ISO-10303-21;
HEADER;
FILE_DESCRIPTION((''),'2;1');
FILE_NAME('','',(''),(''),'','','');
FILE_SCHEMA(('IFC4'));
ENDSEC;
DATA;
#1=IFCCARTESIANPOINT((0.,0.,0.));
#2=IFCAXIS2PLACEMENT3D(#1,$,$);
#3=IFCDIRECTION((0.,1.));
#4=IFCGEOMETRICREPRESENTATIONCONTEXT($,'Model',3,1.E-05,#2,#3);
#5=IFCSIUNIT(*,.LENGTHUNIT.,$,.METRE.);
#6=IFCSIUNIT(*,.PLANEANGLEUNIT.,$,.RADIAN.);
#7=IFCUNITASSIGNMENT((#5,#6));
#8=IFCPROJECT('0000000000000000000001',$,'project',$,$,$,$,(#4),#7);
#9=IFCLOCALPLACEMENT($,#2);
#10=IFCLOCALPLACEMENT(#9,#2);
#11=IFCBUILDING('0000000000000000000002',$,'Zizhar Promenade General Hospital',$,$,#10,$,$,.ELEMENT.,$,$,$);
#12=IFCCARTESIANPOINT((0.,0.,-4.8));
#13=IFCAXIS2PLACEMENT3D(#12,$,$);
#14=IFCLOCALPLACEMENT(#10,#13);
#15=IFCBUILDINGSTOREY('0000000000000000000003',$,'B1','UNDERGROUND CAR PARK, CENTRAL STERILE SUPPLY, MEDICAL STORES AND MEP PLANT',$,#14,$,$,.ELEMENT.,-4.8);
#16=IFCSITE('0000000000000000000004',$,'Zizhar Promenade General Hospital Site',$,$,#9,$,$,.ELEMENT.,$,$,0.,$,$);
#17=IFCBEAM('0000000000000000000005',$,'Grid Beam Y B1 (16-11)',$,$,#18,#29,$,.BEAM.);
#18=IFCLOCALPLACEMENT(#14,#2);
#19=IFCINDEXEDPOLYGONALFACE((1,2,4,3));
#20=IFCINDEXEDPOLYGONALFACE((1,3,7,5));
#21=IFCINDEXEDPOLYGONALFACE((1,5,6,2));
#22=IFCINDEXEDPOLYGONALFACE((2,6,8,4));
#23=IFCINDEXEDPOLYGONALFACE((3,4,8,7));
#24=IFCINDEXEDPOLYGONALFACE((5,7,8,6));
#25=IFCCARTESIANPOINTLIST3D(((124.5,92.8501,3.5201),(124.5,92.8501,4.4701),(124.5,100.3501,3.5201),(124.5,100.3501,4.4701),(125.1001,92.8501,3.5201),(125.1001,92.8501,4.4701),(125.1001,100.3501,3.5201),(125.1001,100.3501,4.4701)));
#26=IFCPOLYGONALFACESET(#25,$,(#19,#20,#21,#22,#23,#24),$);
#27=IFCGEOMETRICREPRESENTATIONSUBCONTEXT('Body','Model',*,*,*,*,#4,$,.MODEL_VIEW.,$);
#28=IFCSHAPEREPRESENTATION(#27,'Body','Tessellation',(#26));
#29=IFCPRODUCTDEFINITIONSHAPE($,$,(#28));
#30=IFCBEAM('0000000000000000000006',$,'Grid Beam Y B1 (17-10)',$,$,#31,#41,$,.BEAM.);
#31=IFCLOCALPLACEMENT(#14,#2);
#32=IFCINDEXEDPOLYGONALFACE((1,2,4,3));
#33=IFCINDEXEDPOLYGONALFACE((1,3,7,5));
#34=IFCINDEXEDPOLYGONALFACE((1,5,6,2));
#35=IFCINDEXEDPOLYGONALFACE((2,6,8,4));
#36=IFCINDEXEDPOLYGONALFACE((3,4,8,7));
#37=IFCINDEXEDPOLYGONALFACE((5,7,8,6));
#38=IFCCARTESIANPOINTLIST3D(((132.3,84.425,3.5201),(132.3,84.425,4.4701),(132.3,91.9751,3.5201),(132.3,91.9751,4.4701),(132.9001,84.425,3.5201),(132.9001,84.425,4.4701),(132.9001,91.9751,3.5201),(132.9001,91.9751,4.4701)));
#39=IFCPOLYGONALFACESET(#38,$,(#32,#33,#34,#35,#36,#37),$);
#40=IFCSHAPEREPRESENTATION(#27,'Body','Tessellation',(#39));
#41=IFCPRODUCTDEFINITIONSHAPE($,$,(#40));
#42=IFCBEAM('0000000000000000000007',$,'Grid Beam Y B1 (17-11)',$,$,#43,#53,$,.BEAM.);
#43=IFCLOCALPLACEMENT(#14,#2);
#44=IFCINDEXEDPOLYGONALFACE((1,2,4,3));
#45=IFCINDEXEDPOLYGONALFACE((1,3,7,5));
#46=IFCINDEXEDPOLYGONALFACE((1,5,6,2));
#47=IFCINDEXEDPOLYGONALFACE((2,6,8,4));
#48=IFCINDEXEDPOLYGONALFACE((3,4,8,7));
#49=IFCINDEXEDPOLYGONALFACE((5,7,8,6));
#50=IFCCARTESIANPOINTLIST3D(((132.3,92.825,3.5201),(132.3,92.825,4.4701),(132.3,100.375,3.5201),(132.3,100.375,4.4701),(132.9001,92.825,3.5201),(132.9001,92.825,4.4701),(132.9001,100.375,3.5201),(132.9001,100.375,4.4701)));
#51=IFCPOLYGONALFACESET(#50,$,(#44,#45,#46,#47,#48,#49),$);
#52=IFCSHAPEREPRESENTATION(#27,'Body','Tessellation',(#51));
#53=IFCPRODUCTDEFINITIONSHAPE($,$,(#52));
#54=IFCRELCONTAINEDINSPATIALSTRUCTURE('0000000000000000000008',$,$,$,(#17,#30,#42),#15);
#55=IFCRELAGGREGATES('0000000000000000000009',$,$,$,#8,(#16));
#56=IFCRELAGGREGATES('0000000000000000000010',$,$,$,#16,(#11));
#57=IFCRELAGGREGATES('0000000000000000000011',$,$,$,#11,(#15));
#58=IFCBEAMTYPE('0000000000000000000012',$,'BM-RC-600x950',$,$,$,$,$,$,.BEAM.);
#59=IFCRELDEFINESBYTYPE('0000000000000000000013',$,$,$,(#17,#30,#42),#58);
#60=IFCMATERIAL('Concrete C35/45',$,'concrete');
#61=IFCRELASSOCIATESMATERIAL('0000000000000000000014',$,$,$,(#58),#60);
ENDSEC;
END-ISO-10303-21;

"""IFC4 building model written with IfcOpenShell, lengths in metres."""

from ifc_helpers import new_model, si_unit, direction, frame, origin, origin_2d, place, context, subcontext, project, spatial, rectangle, extrude, material, material_profile, profile_set, type_object, element, save


model = new_model("IFC4")

# Units and contexts
model_context = context("Model", 3, precision=1e-05, world=origin(), true_north=direction((0.0, 1.0)))
body_context = subcontext(model_context, "Body", "Model", "MODEL_VIEW")
ifc_project = project(units=[si_unit("LENGTHUNIT", "METRE"), si_unit("PLANEANGLEUNIT", "RADIAN")], contexts=[model_context])

# Site, building, storey
site_placement = place(None, origin())
site = spatial("IfcSite", under=ifc_project, at=site_placement, Name="Zizhar Promenade General Hospital Site", CompositionType="ELEMENT", RefElevation=0.0)
building_placement = place(site_placement, origin())
building = spatial("IfcBuilding", under=site, at=building_placement, Name="Zizhar Promenade General Hospital", CompositionType="ELEMENT")
storey_placement = place(building_placement, frame((0.0, 0.0, -4.8)))
storey = spatial("IfcBuildingStorey", under=building, at=storey_placement, Name="B1", Description="UNDERGROUND CAR PARK, CENTRAL STERILE SUPPLY, MEDICAL STORES AND MEP PLANT", CompositionType="ELEMENT", Elevation=-4.8)

# Beams
ifc_material_1 = material(Name="Concrete C35/45", Category="concrete")
ifc_material_profile_1 = material_profile(ifc_material_1, rectangle(XDim=0.6001, YDim=0.95, at=origin_2d()))
ifc_profile_set_1 = profile_set([ifc_material_profile_1], Name="Concrete C35/45")
beam_type_1 = type_object("IfcBeamType", Name="BM-RC-600x950", PredefinedType="BEAM", material=ifc_profile_set_1)
for number, where, z_axis, x_axis, name in (
    (1, (124.8, 92.8501, 3.9951), (0.0, 1.0, 0.0), (-1.0, 0.0, 0.0), "Grid Beam Y B1 (16-11)"),
):
    element("IfcBeam", number, at=place(storey_placement, frame(where, z_axis=z_axis, x_axis=x_axis)), inside=storey, type_object=beam_type_1, Name=name, PredefinedType="BEAM", context=body_context, shape_type="SweptSolid", body=[
        extrude(rectangle(XDim=0.6001, YDim=0.95, at=origin_2d()), origin(), (0.0, 0.0, 1.0), 7.5),
    ])
for number, where, z_axis, x_axis, name in (
    (2, (132.6001, 84.425, 3.9951), (0.0, 1.0, 0.0), (-1.0, 0.0, 0.0), "Grid Beam Y B1 (17-10)"),
    (3, (132.6001, 92.825, 3.9951), (0.0, 1.0, 0.0), (-1.0, 0.0, 0.0), "Grid Beam Y B1 (17-11)"),
):
    element("IfcBeam", number, at=place(storey_placement, frame(where, z_axis=z_axis, x_axis=x_axis)), inside=storey, type_object=beam_type_1, Name=name, PredefinedType="BEAM", context=body_context, shape_type="SweptSolid", body=[
        extrude(rectangle(XDim=0.6001, YDim=0.95, at=origin_2d()), origin(), (0.0, 0.0, 1.0), 7.55),
    ])

save(model, "model.ifc")
